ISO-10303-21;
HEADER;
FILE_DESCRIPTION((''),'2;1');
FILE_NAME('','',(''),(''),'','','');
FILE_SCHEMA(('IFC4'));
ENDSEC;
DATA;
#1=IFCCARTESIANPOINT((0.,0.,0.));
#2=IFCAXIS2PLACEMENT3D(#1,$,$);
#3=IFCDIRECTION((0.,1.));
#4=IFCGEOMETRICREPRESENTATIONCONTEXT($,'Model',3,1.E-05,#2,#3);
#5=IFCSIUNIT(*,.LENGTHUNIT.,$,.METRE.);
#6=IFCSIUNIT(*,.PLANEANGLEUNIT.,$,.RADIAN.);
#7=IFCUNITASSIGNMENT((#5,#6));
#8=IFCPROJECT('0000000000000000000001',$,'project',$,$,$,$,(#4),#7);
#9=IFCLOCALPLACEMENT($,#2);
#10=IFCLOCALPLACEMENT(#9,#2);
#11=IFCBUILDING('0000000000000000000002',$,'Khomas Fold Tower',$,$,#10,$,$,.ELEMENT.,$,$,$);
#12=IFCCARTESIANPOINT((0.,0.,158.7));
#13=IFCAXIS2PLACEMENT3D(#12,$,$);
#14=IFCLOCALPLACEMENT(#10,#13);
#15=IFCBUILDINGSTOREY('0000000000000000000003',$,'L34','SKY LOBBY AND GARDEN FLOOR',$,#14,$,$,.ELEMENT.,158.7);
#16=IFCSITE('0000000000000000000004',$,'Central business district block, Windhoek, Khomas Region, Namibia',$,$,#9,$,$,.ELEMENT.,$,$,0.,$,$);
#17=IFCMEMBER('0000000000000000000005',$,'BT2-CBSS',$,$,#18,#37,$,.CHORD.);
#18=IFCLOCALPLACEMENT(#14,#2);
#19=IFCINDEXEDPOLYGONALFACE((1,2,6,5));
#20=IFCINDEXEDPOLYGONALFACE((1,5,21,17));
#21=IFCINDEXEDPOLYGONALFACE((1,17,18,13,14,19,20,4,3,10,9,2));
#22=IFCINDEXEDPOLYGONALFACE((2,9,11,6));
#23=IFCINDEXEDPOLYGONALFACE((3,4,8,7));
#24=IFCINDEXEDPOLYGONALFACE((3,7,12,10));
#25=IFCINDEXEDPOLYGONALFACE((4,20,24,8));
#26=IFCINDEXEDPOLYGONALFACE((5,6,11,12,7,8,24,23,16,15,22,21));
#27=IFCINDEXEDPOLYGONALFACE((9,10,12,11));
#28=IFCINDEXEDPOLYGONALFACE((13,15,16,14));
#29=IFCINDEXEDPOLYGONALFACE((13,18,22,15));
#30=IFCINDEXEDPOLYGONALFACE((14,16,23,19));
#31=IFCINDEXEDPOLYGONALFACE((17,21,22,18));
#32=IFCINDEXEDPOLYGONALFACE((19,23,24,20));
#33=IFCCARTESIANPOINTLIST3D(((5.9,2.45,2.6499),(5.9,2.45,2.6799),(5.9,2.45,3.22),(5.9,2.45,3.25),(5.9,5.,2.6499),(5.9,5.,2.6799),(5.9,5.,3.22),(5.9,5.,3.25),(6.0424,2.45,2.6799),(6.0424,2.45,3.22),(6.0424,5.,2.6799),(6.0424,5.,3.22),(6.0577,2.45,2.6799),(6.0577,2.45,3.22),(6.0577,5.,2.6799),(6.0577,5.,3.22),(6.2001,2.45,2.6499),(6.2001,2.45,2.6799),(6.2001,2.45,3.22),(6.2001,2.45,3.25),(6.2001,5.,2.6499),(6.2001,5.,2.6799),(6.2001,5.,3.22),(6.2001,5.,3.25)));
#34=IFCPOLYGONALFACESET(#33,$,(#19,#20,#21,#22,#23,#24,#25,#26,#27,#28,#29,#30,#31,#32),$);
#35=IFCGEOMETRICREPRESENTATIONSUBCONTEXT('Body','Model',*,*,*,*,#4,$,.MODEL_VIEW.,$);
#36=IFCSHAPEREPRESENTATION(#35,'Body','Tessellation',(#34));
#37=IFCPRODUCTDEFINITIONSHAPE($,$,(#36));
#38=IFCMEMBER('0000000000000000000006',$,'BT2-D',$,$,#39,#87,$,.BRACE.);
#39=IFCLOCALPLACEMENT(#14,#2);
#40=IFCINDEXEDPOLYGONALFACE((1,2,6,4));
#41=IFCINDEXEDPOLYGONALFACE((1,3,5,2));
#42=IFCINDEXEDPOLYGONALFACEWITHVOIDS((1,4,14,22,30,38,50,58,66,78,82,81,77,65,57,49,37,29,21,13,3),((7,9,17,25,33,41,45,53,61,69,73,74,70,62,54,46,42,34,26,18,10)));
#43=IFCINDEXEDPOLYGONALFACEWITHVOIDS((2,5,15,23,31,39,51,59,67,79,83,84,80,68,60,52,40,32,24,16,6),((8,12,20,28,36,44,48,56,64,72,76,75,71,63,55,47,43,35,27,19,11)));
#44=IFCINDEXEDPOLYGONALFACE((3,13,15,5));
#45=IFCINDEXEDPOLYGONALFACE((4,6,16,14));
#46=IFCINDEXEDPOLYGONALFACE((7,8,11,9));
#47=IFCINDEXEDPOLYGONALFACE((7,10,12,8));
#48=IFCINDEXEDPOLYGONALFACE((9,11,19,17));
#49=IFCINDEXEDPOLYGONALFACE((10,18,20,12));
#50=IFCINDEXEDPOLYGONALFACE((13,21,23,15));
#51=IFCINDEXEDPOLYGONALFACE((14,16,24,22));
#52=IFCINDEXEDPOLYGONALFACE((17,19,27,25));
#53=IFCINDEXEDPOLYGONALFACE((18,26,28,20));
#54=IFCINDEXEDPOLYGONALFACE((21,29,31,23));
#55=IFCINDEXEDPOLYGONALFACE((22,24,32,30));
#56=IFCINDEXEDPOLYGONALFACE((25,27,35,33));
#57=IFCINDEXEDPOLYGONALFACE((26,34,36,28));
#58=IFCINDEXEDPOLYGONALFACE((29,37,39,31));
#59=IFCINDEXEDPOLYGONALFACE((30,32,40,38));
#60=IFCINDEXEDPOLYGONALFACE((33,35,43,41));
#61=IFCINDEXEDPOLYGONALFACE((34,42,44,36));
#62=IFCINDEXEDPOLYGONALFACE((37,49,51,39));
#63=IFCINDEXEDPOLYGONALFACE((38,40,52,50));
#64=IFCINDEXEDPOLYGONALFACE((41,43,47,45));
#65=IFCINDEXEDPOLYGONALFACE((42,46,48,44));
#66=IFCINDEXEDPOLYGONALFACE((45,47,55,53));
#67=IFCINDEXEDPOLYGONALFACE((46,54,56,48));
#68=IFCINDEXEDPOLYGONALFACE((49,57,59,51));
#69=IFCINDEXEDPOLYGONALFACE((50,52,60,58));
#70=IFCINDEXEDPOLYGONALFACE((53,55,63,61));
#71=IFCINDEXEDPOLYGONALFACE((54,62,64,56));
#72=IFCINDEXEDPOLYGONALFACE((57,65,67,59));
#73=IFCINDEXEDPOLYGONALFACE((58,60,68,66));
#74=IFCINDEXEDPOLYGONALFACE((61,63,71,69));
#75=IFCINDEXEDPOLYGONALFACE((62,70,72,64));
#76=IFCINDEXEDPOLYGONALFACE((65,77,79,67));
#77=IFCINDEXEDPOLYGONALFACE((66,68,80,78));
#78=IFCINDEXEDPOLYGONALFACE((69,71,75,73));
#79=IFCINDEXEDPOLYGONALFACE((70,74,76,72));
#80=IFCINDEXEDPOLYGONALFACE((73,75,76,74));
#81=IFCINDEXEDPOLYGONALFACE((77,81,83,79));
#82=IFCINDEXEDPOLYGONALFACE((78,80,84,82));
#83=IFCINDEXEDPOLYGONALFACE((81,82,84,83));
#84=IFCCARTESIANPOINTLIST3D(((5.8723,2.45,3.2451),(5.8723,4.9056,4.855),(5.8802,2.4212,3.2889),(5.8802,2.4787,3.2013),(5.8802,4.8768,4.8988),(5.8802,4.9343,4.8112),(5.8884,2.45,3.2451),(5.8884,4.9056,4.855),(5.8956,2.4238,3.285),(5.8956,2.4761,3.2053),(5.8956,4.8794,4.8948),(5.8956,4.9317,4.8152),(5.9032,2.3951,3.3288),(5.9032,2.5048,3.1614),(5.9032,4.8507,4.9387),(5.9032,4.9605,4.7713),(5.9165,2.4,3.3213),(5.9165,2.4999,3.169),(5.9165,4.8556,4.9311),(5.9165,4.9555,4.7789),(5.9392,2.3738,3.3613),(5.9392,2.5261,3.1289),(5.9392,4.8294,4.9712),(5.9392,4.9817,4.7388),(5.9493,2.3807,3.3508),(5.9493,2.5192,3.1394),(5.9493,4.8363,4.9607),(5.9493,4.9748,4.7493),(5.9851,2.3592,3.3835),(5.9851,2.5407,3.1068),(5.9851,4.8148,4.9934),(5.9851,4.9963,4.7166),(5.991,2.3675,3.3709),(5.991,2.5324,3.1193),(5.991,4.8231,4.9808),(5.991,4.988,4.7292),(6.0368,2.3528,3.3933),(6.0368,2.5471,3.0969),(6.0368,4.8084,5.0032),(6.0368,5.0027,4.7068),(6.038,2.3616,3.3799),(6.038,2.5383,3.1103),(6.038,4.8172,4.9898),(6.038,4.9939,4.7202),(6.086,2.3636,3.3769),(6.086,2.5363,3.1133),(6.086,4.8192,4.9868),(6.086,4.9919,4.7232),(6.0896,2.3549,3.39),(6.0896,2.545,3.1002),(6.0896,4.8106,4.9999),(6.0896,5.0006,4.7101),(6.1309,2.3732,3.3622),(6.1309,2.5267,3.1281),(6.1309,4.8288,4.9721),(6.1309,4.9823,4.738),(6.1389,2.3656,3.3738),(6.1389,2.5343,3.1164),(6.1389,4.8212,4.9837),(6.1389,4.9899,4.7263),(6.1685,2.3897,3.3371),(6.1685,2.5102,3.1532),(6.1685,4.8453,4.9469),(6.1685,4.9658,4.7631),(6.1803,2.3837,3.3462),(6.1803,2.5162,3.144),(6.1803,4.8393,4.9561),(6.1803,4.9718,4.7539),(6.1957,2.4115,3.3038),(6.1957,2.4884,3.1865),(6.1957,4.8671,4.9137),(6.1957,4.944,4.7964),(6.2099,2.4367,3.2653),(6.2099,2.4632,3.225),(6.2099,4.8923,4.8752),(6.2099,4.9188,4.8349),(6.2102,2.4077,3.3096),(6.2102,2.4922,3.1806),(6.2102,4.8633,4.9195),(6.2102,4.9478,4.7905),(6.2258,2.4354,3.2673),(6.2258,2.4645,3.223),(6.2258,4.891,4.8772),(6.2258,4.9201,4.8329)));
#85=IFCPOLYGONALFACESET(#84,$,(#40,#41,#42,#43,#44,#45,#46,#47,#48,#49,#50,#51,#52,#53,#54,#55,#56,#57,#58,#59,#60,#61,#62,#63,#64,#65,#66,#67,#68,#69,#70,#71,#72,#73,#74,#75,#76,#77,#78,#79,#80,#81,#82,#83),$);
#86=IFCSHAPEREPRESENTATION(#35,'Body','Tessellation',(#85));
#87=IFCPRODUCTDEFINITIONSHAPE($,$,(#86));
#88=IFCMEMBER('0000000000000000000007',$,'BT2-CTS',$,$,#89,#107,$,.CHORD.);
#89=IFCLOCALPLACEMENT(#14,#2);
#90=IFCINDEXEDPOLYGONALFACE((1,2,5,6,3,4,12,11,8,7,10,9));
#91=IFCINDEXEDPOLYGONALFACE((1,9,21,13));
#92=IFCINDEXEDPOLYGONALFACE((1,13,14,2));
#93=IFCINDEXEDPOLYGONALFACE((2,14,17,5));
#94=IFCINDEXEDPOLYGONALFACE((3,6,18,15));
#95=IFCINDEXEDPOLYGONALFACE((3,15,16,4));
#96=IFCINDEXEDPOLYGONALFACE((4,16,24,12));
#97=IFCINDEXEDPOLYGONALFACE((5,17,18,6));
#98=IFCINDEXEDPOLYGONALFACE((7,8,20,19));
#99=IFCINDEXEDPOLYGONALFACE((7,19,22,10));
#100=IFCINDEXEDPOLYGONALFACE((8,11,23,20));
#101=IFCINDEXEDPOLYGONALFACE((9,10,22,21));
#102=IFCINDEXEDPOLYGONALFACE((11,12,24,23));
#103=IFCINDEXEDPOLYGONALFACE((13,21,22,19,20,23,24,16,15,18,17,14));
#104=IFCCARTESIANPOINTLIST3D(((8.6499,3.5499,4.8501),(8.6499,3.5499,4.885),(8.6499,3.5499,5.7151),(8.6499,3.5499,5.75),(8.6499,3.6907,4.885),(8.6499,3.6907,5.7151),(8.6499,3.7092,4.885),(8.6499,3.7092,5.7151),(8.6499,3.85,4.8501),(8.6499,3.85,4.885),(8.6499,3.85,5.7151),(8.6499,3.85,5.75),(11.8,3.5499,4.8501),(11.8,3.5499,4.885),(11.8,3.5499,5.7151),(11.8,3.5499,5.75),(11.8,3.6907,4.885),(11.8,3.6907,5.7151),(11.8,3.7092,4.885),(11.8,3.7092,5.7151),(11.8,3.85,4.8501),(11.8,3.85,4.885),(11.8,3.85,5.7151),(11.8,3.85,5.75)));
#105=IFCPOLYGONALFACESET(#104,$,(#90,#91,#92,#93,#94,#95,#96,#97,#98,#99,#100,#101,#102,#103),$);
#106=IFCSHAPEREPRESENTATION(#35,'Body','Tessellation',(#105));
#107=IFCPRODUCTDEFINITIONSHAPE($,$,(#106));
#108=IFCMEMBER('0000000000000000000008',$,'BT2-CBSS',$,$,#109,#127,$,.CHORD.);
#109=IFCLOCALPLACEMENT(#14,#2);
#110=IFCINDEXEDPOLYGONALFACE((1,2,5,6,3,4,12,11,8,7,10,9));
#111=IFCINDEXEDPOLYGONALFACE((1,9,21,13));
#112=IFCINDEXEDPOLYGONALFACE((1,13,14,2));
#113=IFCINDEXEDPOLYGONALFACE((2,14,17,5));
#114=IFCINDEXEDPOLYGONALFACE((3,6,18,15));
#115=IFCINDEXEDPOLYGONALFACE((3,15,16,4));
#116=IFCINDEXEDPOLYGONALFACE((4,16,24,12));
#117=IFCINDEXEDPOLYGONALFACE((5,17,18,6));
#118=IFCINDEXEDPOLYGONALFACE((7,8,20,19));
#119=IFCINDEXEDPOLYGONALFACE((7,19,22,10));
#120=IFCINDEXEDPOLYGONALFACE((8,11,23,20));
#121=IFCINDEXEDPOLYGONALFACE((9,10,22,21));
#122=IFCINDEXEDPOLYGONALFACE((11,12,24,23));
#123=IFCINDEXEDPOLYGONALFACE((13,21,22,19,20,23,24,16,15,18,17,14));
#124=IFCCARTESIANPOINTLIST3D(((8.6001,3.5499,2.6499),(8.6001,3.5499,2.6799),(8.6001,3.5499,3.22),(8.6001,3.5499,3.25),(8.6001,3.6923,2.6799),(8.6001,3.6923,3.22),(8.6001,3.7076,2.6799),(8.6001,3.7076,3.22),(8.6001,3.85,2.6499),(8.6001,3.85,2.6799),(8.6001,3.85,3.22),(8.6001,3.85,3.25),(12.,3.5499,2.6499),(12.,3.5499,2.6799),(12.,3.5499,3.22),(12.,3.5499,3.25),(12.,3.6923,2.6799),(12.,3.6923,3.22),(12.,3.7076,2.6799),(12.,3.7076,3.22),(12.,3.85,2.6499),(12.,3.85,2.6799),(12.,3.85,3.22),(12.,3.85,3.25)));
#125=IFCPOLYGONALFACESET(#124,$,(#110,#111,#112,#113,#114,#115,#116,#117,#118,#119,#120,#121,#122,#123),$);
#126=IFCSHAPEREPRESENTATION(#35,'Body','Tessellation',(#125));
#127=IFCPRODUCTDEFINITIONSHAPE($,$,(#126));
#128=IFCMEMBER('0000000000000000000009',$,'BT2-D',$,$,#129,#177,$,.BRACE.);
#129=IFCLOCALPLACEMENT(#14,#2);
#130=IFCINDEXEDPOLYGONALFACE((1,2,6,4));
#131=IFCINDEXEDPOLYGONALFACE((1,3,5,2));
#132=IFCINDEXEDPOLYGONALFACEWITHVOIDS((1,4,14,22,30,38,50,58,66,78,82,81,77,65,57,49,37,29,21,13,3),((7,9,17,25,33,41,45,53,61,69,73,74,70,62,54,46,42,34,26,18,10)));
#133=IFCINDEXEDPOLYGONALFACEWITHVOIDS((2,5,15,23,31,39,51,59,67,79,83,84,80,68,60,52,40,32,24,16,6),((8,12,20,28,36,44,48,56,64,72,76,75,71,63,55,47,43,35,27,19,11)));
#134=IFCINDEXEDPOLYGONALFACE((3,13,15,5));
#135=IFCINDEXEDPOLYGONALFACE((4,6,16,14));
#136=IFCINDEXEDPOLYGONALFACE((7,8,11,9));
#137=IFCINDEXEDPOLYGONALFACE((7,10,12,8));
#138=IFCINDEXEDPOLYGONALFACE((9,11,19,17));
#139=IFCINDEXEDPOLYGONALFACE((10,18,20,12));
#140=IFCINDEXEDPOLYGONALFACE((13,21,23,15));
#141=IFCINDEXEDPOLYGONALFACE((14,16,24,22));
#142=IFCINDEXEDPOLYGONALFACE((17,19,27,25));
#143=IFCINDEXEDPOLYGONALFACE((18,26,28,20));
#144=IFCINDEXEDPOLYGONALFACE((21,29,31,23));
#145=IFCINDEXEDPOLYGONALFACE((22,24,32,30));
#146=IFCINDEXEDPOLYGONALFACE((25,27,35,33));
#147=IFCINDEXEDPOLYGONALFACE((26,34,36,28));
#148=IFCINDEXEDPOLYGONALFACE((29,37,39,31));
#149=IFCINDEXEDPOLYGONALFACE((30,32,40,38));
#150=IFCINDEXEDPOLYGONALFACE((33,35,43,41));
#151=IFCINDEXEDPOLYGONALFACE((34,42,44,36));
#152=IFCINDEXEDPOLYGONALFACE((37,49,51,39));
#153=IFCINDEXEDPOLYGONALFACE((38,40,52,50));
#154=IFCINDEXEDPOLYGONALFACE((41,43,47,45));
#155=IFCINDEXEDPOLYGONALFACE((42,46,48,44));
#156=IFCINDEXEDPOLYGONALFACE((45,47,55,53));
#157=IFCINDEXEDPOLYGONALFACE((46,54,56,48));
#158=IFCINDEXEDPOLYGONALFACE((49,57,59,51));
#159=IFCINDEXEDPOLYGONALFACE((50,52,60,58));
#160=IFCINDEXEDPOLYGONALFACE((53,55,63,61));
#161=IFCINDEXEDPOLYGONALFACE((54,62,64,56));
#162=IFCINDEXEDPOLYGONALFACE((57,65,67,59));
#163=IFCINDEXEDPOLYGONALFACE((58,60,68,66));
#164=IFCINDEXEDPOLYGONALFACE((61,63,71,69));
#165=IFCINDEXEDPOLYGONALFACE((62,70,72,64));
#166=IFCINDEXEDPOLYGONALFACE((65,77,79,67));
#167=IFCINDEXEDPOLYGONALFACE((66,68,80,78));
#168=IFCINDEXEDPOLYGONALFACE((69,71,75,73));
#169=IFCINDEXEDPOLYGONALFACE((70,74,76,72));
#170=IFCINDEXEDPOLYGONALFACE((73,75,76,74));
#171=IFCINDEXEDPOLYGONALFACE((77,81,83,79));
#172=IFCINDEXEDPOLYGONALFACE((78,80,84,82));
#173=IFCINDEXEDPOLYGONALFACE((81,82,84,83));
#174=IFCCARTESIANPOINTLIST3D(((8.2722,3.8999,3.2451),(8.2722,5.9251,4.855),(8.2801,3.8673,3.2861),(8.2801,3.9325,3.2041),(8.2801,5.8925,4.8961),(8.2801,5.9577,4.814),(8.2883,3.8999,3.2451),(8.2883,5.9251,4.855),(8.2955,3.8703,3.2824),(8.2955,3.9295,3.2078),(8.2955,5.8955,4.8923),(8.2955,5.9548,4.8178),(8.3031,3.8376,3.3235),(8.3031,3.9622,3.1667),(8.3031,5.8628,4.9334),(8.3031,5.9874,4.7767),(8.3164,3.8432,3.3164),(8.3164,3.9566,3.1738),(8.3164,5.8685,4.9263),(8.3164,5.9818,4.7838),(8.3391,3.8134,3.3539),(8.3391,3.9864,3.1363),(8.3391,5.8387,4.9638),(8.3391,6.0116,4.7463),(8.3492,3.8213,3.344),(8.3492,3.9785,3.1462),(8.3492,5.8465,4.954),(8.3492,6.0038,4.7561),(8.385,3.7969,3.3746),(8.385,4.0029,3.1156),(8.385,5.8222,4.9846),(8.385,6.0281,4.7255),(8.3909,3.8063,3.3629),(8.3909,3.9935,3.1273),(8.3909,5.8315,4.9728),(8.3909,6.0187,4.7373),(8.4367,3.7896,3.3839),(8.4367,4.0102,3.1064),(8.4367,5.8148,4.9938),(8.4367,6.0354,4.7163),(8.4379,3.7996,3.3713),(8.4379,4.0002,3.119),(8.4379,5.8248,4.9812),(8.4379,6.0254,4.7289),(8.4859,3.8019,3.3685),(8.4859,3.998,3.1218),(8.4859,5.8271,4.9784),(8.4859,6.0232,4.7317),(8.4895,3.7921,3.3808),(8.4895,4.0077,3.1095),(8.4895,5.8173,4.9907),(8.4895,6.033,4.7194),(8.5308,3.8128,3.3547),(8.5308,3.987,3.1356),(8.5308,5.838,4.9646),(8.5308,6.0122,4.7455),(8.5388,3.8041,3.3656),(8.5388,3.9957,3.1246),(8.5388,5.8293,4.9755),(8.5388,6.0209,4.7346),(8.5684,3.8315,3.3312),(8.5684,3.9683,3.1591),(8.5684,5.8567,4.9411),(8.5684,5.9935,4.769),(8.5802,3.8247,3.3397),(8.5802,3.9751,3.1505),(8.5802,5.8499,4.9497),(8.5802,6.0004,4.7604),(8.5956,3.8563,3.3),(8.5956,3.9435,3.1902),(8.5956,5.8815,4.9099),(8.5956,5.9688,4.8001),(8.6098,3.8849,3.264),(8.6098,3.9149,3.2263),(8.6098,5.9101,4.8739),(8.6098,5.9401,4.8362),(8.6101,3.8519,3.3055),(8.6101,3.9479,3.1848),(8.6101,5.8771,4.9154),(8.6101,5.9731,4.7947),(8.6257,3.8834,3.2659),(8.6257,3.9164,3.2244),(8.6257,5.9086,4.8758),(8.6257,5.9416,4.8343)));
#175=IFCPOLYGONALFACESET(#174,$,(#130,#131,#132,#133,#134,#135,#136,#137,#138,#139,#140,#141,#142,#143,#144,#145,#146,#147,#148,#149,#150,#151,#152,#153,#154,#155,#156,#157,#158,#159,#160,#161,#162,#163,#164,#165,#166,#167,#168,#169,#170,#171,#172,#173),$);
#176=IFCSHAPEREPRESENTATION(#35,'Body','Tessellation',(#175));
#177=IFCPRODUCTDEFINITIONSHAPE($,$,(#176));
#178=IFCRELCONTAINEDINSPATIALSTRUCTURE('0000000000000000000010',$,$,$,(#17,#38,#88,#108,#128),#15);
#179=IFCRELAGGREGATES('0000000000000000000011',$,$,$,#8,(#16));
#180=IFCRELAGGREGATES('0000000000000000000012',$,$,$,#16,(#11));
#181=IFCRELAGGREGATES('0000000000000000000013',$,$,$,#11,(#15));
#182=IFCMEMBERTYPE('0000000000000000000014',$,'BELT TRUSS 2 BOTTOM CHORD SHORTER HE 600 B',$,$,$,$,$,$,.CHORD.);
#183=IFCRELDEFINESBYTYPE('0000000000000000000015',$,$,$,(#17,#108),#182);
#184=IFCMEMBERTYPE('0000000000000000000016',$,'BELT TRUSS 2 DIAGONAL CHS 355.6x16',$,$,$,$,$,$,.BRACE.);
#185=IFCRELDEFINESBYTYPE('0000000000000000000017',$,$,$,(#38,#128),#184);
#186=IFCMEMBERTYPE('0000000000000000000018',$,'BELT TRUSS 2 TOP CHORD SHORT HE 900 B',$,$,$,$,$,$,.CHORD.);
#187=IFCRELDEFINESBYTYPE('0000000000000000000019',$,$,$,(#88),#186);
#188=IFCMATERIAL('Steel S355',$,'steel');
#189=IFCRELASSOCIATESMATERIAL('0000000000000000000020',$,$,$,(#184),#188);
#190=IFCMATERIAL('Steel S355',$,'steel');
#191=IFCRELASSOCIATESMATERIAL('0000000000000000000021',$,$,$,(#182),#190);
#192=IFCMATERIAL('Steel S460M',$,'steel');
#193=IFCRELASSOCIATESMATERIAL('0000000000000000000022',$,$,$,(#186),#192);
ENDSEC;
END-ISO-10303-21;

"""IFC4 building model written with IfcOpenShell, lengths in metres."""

from ifc_helpers import new_model, si_unit, direction, frame, origin, origin_2d, place, context, subcontext, project, spatial, hollow_circle, i_section, extrude, source, transform, mapped, material, material_profile, profile_set, type_object, element, save


model = new_model("IFC4")

# Units and contexts
model_context = context("Model", 3, precision=1e-05, world=origin(), true_north=direction((0.0, 1.0)))
body_context = subcontext(model_context, "Body", "Model", "MODEL_VIEW")
ifc_project = project(units=[si_unit("LENGTHUNIT", "METRE"), si_unit("PLANEANGLEUNIT", "RADIAN")], contexts=[model_context])

# Site, building, storey
site_placement = place(None, origin())
site = spatial("IfcSite", under=ifc_project, at=site_placement, Name="Central business district block, Windhoek, Khomas Region, Namibia", CompositionType="ELEMENT", RefElevation=0.0)
building_placement = place(site_placement, origin())
building = spatial("IfcBuilding", under=site, at=building_placement, Name="Khomas Fold Tower", CompositionType="ELEMENT")
storey_placement = place(building_placement, frame((0.0, 0.0, 158.7)))
storey = spatial("IfcBuildingStorey", under=building, at=storey_placement, Name="L34", Description="SKY LOBBY AND GARDEN FLOOR", CompositionType="ELEMENT", Elevation=158.7)

# Members
ifc_material_1 = material(Name="Steel S355", Category="steel")
ifc_material_profile_1 = material_profile(ifc_material_1, hollow_circle(Radius=0.1777, WallThickness=0.0161, at=origin_2d()), Name="CHS 355.6x16")
ifc_profile_set_1 = profile_set([ifc_material_profile_1], Name="Steel S355")
member_type_1 = type_object("IfcMemberType", Name="BELT TRUSS 2 DIAGONAL CHS 355.6x16", PredefinedType="BRACE", material=ifc_profile_set_1)
ifc_material_2 = material(Name="Steel S355", Category="steel")
ifc_material_profile_2 = material_profile(ifc_material_2, i_section(OverallWidth=0.3, OverallDepth=0.6001, WebThickness=0.0154, FlangeThickness=0.03, at=origin_2d()), Name="HE 600 B")
ifc_profile_set_2 = profile_set([ifc_material_profile_2], Name="Steel S355")
member_type_2 = type_object("IfcMemberType", Name="BELT TRUSS 2 BOTTOM CHORD SHORTER HE 600 B", PredefinedType="CHORD", material=ifc_profile_set_2)
shared_shape_1 = source(origin(), body_context, "Body", "SweptSolid", [
    extrude(i_section(OverallWidth=0.3, OverallDepth=0.6001, WebThickness=0.0154, FlangeThickness=0.03, at=origin_2d()), origin(), (0.0, 0.0, 1.0), 2.55),
])
member_1_placement = place(storey_placement, frame((6.05, 2.45, 2.95), z_axis=(0.0, 1.0, 0.0), x_axis=(-1.0, 0.0, 0.0)))
element("IfcMember", 1, at=member_1_placement, inside=storey, type_object=member_type_2, Name="BT2-CBSS", PredefinedType="CHORD", context=body_context, shape_type="MappedRepresentation", body=[
    mapped(shared_shape_1, transform((0.0, 0.0, 0.0))),
])
shared_shape_2 = source(origin(), body_context, "Body", "SweptSolid", [
    extrude(hollow_circle(Radius=0.1777, WallThickness=0.0161, at=origin_2d()), origin(), (0.0, 0.0, 1.0), 2.9363),
])
member_2_placement = place(storey_placement, frame((6.05, 2.45, 3.2451), z_axis=(0.0, 0.836298, 0.548275), x_axis=(-1.0, 0.0, 0.0)))
element("IfcMember", 2, at=member_2_placement, inside=storey, type_object=member_type_1, Name="BT2-D", PredefinedType="BRACE", context=body_context, shape_type="MappedRepresentation", body=[
    mapped(shared_shape_2, transform((0.0, 0.0, 0.0))),
])
ifc_material_3 = material(Name="Steel S460M", Category="steel")
ifc_material_profile_3 = material_profile(ifc_material_3, i_section(OverallWidth=0.3, OverallDepth=0.8999, WebThickness=0.0186, FlangeThickness=0.0349, at=origin_2d()), Name="HE 900 B")
ifc_profile_set_3 = profile_set([ifc_material_profile_3], Name="Steel S460M")
member_type_3 = type_object("IfcMemberType", Name="BELT TRUSS 2 TOP CHORD SHORT HE 900 B", PredefinedType="CHORD", material=ifc_profile_set_3)
shared_shape_3 = source(origin(), body_context, "Body", "SweptSolid", [
    extrude(i_section(OverallWidth=0.3, OverallDepth=0.8999, WebThickness=0.0186, FlangeThickness=0.0349, at=origin_2d()), origin(), (0.0, 0.0, 1.0), 3.1501),
])
member_3_placement = place(storey_placement, frame((8.6499, 3.7, 5.3), z_axis=(1.0, 0.0, 0.0), x_axis=(0.0, 1.0, 0.0)))
element("IfcMember", 3, at=member_3_placement, inside=storey, type_object=member_type_3, Name="BT2-CTS", PredefinedType="CHORD", context=body_context, shape_type="MappedRepresentation", body=[
    mapped(shared_shape_3, transform((0.0, 0.0, 0.0))),
])
shared_shape_4 = source(origin(), body_context, "Body", "SweptSolid", [
    extrude(i_section(OverallWidth=0.3, OverallDepth=0.6001, WebThickness=0.0154, FlangeThickness=0.03, at=origin_2d()), origin(), (0.0, 0.0, 1.0), 3.3999),
])
member_4_placement = place(storey_placement, frame((8.6001, 3.7, 2.95), z_axis=(1.0, 0.0, 0.0), x_axis=(0.0, 1.0, 0.0)))
element("IfcMember", 4, at=member_4_placement, inside=storey, type_object=member_type_2, Name="BT2-CBSS", PredefinedType="CHORD", context=body_context, shape_type="MappedRepresentation", body=[
    mapped(shared_shape_4, transform((0.0, 0.0, 0.0))),
])
shared_shape_5 = source(origin(), body_context, "Body", "SweptSolid", [
    extrude(hollow_circle(Radius=0.1777, WallThickness=0.0161, at=origin_2d()), origin(), (0.0, 0.0, 1.0), 2.5872),
])
member_5_placement = place(storey_placement, frame((8.45, 3.8999, 3.2451), z_axis=(0.0, 0.782799, 0.622275), x_axis=(-1.0, 0.0, 0.0)))
element("IfcMember", 5, at=member_5_placement, inside=storey, type_object=member_type_1, Name="BT2-D", PredefinedType="BRACE", context=body_context, shape_type="MappedRepresentation", body=[
    mapped(shared_shape_5, transform((0.0, 0.0, 0.0))),
])

save(model, "model.ifc")
